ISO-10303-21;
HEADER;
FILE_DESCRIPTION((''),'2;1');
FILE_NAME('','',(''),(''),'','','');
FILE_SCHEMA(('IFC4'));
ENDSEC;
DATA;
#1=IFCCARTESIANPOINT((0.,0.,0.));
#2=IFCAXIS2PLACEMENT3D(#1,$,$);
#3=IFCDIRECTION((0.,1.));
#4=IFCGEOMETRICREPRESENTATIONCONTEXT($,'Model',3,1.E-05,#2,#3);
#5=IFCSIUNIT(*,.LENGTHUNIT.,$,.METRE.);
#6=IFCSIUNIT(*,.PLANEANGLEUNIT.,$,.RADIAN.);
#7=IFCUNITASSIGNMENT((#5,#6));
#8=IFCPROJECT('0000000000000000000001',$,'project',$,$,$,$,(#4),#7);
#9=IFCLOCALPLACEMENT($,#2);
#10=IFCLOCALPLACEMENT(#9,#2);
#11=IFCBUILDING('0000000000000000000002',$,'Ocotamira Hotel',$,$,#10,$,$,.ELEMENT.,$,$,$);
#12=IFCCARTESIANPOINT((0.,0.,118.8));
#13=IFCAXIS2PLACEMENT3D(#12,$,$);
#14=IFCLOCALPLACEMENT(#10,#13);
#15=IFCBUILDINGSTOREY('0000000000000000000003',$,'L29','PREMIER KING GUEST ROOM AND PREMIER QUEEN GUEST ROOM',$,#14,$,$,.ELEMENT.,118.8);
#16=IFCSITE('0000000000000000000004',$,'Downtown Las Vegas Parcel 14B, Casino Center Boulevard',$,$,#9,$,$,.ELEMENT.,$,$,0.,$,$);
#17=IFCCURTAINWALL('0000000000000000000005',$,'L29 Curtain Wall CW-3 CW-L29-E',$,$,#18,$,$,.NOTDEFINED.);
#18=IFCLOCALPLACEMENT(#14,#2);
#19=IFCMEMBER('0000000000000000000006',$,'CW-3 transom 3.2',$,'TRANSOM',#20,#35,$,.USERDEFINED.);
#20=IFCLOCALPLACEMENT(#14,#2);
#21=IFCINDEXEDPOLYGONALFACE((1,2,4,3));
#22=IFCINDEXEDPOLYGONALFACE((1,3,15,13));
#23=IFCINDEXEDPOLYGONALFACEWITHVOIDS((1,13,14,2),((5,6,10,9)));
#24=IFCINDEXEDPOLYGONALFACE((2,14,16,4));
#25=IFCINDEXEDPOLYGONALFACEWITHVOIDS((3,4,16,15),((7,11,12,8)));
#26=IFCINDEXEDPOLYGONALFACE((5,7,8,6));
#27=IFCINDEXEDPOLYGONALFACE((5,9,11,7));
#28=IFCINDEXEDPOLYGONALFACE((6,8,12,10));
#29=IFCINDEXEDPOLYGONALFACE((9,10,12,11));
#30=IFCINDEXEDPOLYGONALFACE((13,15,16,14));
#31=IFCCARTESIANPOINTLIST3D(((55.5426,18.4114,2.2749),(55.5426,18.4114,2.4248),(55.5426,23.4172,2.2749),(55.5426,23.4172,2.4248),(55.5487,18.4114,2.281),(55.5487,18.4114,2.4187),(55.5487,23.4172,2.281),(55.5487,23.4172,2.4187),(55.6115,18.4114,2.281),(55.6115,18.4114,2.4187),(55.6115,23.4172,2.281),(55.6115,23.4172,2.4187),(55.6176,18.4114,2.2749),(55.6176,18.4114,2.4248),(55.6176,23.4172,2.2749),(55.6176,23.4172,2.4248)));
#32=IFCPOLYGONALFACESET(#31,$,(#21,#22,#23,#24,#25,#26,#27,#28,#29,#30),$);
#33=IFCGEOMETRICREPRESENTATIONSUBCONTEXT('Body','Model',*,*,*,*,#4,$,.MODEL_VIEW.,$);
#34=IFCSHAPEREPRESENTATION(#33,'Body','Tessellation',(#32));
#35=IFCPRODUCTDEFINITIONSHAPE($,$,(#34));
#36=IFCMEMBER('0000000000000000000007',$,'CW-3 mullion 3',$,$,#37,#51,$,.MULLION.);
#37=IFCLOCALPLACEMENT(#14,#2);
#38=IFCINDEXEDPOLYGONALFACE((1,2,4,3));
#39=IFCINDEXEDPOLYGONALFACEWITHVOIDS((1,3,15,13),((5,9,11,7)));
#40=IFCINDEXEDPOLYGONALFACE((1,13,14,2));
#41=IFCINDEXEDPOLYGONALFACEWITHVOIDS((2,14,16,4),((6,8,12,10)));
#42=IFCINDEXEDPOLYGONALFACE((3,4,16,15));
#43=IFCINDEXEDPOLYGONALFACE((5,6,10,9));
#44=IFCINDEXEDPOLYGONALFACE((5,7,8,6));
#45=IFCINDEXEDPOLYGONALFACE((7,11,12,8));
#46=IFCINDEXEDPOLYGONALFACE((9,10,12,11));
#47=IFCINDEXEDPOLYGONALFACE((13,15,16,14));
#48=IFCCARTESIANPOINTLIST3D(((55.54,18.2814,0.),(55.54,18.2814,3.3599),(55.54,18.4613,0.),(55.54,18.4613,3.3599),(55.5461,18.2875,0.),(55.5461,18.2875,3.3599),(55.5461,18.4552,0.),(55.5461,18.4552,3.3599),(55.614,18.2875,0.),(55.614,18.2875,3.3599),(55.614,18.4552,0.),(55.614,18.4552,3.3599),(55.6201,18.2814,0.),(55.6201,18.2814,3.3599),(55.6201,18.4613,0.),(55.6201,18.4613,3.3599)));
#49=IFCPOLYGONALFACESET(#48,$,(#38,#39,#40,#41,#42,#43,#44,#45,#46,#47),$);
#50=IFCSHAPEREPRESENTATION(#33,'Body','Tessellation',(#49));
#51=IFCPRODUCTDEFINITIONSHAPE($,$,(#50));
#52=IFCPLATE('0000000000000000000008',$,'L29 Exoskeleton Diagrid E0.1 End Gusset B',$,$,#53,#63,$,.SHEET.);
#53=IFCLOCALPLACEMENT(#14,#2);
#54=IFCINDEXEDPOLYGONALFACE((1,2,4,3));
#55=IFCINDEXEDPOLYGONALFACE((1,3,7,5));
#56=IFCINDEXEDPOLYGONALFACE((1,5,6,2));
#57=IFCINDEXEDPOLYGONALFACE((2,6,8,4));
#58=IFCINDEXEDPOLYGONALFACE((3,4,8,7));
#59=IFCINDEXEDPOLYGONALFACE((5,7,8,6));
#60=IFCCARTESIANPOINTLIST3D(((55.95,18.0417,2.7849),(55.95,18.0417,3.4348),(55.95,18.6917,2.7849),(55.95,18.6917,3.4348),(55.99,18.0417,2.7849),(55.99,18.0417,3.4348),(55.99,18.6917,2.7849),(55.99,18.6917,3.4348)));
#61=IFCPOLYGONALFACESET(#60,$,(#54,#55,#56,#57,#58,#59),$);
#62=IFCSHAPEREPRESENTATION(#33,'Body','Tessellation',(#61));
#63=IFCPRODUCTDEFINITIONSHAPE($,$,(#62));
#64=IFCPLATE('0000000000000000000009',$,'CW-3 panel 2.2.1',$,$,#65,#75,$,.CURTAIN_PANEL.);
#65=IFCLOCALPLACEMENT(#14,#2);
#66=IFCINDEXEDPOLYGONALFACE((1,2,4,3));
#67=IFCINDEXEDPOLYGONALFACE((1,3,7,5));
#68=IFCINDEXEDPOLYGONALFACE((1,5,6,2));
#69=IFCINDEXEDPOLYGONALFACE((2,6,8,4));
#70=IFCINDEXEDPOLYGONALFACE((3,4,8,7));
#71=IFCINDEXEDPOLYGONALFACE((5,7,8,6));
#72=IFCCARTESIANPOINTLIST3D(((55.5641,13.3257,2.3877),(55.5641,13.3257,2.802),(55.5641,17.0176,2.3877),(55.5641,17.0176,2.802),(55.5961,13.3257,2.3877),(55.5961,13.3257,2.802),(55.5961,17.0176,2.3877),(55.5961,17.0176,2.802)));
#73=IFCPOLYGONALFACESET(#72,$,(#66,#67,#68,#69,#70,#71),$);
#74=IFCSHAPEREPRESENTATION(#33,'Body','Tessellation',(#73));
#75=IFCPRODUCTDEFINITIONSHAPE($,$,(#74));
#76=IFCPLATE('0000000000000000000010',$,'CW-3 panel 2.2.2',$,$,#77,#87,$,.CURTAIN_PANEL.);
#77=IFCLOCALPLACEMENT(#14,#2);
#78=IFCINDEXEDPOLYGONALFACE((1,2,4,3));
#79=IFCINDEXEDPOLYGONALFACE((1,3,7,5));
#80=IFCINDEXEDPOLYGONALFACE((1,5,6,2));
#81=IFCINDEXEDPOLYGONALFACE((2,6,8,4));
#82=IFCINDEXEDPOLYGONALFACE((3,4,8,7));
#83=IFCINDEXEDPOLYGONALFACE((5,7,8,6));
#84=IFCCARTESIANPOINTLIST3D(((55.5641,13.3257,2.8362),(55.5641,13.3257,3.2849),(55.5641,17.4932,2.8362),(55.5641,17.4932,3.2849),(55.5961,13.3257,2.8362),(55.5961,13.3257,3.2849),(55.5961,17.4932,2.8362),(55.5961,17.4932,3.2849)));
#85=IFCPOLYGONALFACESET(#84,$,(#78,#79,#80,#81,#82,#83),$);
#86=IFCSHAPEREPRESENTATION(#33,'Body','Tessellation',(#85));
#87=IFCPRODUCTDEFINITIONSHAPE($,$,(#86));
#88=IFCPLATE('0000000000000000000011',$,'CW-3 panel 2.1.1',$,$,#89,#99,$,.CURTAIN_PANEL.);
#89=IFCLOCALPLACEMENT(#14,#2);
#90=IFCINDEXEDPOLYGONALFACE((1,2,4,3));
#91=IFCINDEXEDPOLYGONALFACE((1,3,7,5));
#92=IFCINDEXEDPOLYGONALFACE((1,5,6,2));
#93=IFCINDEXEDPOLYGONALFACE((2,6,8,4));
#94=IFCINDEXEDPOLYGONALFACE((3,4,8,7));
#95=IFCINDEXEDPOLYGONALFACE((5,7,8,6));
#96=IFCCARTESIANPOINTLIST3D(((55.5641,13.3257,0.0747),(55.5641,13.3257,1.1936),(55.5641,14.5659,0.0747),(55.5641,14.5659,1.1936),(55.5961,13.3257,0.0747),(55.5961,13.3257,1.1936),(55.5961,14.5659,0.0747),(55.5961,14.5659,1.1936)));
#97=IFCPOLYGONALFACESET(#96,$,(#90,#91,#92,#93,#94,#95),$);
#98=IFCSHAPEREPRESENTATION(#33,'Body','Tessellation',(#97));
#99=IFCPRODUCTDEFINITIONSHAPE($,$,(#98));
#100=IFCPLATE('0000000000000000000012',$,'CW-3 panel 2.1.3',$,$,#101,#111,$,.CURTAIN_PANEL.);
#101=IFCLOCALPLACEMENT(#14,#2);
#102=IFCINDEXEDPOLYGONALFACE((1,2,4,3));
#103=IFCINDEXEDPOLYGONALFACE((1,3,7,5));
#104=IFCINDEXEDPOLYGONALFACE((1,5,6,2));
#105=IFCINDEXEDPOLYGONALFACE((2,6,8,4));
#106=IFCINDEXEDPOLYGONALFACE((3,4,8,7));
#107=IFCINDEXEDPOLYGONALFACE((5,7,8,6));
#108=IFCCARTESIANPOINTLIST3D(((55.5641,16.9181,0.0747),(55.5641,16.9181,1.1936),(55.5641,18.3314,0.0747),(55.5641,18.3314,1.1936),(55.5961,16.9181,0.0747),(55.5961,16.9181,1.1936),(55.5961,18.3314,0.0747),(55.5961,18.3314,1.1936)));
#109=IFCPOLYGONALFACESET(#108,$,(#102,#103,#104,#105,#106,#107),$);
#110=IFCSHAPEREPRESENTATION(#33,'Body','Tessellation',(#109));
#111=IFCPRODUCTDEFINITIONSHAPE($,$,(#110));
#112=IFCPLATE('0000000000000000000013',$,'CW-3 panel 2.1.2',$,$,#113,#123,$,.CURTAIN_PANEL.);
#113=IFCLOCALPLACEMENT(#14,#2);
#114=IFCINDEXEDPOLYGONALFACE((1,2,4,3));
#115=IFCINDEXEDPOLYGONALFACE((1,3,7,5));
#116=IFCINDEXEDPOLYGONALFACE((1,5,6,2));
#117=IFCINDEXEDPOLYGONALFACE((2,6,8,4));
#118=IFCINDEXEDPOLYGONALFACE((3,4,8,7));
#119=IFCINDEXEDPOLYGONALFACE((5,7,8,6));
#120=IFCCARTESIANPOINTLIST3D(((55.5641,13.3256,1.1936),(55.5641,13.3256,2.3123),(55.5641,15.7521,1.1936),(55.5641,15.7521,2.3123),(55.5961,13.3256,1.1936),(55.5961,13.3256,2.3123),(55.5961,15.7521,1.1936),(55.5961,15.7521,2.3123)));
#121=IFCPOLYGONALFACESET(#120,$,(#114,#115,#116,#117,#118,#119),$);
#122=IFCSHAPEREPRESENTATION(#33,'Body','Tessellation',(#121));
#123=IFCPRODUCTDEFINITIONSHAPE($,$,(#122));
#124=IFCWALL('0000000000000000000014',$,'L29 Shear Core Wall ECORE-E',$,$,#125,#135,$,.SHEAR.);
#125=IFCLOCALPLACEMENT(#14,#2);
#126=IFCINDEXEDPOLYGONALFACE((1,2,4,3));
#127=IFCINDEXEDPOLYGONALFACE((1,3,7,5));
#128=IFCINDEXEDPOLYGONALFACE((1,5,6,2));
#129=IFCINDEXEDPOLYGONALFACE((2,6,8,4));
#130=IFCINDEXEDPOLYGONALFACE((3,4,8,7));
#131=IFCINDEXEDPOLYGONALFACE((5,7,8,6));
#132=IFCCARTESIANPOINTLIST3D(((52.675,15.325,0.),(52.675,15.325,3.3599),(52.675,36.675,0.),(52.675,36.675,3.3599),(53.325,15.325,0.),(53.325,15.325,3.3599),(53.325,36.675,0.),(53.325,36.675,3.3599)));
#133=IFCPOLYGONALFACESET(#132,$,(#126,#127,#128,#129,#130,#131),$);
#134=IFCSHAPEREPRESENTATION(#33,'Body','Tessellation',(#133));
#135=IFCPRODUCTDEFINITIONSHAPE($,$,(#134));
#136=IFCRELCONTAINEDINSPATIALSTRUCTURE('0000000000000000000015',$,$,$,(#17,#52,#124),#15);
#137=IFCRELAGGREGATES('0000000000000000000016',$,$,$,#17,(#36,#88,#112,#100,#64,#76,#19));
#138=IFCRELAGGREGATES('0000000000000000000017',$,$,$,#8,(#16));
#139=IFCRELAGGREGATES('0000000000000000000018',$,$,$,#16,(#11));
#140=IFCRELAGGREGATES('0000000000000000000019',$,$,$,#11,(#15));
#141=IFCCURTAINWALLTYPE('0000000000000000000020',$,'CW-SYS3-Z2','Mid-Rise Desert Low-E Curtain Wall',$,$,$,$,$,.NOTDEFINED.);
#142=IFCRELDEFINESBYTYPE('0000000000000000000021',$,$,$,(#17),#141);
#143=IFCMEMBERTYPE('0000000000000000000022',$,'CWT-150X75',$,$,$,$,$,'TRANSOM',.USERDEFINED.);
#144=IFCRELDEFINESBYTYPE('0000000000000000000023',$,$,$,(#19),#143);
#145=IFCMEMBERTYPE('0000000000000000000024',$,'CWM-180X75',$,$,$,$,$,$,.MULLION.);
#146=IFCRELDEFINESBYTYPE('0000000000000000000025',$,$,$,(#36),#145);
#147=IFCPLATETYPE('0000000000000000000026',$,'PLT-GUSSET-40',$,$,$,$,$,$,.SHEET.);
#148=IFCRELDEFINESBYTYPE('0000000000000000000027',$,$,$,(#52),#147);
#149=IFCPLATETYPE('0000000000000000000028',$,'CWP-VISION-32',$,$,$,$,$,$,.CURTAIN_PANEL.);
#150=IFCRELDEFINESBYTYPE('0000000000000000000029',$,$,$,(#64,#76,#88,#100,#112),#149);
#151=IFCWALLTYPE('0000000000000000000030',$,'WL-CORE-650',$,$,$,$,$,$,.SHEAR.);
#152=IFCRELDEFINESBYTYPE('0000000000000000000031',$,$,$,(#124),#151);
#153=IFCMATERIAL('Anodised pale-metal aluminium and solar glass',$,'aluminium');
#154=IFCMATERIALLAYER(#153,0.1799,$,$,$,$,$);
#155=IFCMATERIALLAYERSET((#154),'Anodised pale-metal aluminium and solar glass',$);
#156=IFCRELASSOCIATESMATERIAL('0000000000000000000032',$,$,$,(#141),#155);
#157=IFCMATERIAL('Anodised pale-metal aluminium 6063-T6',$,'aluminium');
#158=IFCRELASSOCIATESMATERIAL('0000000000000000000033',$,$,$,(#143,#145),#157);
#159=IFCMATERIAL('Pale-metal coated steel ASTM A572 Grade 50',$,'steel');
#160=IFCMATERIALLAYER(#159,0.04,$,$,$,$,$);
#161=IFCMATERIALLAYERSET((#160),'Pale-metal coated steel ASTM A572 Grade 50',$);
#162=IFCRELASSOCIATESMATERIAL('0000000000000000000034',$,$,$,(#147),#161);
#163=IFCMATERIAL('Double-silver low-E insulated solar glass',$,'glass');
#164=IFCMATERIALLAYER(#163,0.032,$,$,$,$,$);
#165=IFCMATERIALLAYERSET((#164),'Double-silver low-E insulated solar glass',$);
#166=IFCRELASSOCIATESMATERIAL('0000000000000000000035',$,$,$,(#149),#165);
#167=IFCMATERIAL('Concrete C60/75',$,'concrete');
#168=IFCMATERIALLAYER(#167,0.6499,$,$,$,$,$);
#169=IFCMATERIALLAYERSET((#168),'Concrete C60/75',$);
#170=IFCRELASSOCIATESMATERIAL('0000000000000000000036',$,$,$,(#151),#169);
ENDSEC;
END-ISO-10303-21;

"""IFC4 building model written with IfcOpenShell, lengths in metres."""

from ifc_helpers import new_model, si_unit, direction, frame, frame_2d, origin, origin_2d, place, context, subcontext, project, spatial, rectangle, hollow_rectangle, extrude, source, transform, mapped, material, layer, layer_set, material_profile, profile_set, type_object, element, aggregate, save


model = new_model("IFC4")

# Units and contexts
model_context = context("Model", 3, precision=1e-05, world=origin(), true_north=direction((0.0, 1.0)))
body_context = subcontext(model_context, "Body", "Model", "MODEL_VIEW")
ifc_project = project(units=[si_unit("LENGTHUNIT", "METRE"), si_unit("PLANEANGLEUNIT", "RADIAN")], contexts=[model_context])

# Site, building, storey
site_placement = place(None, origin())
site = spatial("IfcSite", under=ifc_project, at=site_placement, Name="Downtown Las Vegas Parcel 14B, Casino Center Boulevard", CompositionType="ELEMENT", RefElevation=0.0)
building_placement = place(site_placement, origin())
building = spatial("IfcBuilding", under=site, at=building_placement, Name="Ocotamira Hotel", CompositionType="ELEMENT")
storey_placement = place(building_placement, frame((0.0, 0.0, 118.8)))
storey = spatial("IfcBuildingStorey", under=building, at=storey_placement, Name="L29", Description="PREMIER KING GUEST ROOM AND PREMIER QUEEN GUEST ROOM", CompositionType="ELEMENT", Elevation=118.8)

# Curtain wall, members
ifc_material_1 = material(Name="Anodised pale-metal aluminium and solar glass", Category="aluminium")
ifc_layer_1 = layer(ifc_material_1, 0.1799)
ifc_layer_set_1 = layer_set([ifc_layer_1], Name="Anodised pale-metal aluminium and solar glass")
curtain_wall_type = type_object("IfcCurtainWallType", Name="CW-SYS3-Z2", Description="Mid-Rise Desert Low-E Curtain Wall", PredefinedType="NOTDEFINED", material=ifc_layer_set_1)
curtain_wall_placement = place(storey_placement, origin())
curtain_wall = element("IfcCurtainWall", 1, at=curtain_wall_placement, inside=storey, type_object=curtain_wall_type, Name="L29 Curtain Wall CW-3 CW-L29-E", PredefinedType="NOTDEFINED")
ifc_material_2 = material(Name="Anodised pale-metal aluminium 6063-T6", Category="aluminium")
ifc_material_profile_1 = material_profile(ifc_material_2, hollow_rectangle(XDim=0.075, YDim=0.1499, WallThickness=0.0061, at=origin_2d()), Name="HSS150X75X6")
ifc_profile_set_1 = profile_set([ifc_material_profile_1], Name="Anodised pale-metal aluminium 6063-T6")
member_type_1 = type_object("IfcMemberType", Name="CWT-150X75", ElementType="TRANSOM", PredefinedType="USERDEFINED", material=ifc_profile_set_1)
shared_shape_1 = source(origin(), body_context, "Body", "SweptSolid", [
    extrude(hollow_rectangle(XDim=0.075, YDim=0.1499, WallThickness=0.0061, at=origin_2d()), origin(), (0.0, 0.0, 1.0), 5.0059),
])
member_1_placement = place(storey_placement, frame((55.5801, 18.4114, 2.3499), z_axis=(0.0, 1.0, 0.0), x_axis=(-1.0, 0.0, 0.0)))
member_1 = element("IfcMember", 2, at=member_1_placement, type_object=member_type_1, Name="CW-3 transom 3.2", ObjectType="TRANSOM", PredefinedType="USERDEFINED", context=body_context, shape_type="MappedRepresentation", body=[
    mapped(shared_shape_1, transform((0.0, 0.0, 0.0), scale=1.0)),
])
ifc_material_profile_2 = material_profile(ifc_material_2, hollow_rectangle(XDim=0.0801, YDim=0.1799, WallThickness=0.0061, at=origin_2d()), Name="HSS180X80X6")
ifc_profile_set_2 = profile_set([ifc_material_profile_2], Name="Anodised pale-metal aluminium 6063-T6")
member_type_2 = type_object("IfcMemberType", Name="CWM-180X75", PredefinedType="MULLION", material=ifc_profile_set_2)
shared_shape_2 = source(origin(), body_context, "Body", "SweptSolid", [
    extrude(hollow_rectangle(XDim=0.0801, YDim=0.1799, WallThickness=0.0061, at=origin_2d()), origin(), (0.0, 0.0, 1.0), 3.3599),
])
member_2_placement = place(storey_placement, frame((55.5801, 18.3713, 0.0), z_axis=(0.0, 0.0, 1.0), x_axis=(-1.0, 0.0, 0.0)))
member_2 = element("IfcMember", 3, at=member_2_placement, type_object=member_type_2, Name="CW-3 mullion 3", PredefinedType="MULLION", context=body_context, shape_type="MappedRepresentation", body=[
    mapped(shared_shape_2, transform((0.0, 0.0, 0.0), scale=1.0)),
])

# Plates
ifc_material_3 = material(Name="Pale-metal coated steel ASTM A572 Grade 50", Category="steel")
ifc_layer_2 = layer(ifc_material_3, 0.04)
ifc_layer_set_2 = layer_set([ifc_layer_2], Name="Pale-metal coated steel ASTM A572 Grade 50")
plate_type_1 = type_object("IfcPlateType", Name="PLT-GUSSET-40", PredefinedType="SHEET", material=ifc_layer_set_2)
shared_shape_3 = source(origin(), body_context, "Body", "SweptSolid", [
    extrude(rectangle(XDim=0.04, YDim=0.6499, at=origin_2d()), origin(), (0.0, 0.0, 1.0), 0.6499),
])
plate_1_placement = place(storey_placement, frame((55.97, 18.3667, 2.7849), z_axis=(0.0, 0.0, 1.0), x_axis=(1.0, 0.0, 0.0)))
element("IfcPlate", 4, at=plate_1_placement, inside=storey, type_object=plate_type_1, Name="L29 Exoskeleton Diagrid E0.1 End Gusset B", PredefinedType="SHEET", context=body_context, shape_type="MappedRepresentation", body=[
    mapped(shared_shape_3, transform((0.0, 0.0, 0.0), scale=1.0)),
])
ifc_material_4 = material(Name="Double-silver low-E insulated solar glass", Category="glass")
ifc_layer_3 = layer(ifc_material_4, 0.032)
ifc_layer_set_3 = layer_set([ifc_layer_3], Name="Double-silver low-E insulated solar glass")
plate_type_2 = type_object("IfcPlateType", Name="CWP-VISION-32", PredefinedType="CURTAIN_PANEL", material=ifc_layer_set_3)
shared_shape_4 = source(origin(), body_context, "Body", "SweptSolid", [
    extrude(rectangle(XDim=3.6919, YDim=0.032, at=origin_2d()), origin(), (0.0, 0.0, 1.0), 0.4143),
])
plate_2_placement = place(storey_placement, frame((55.5801, 15.1716, 2.3877), z_axis=(0.0, 0.0, 1.0), x_axis=(0.0, 1.0, 0.0)))
plate_2 = element("IfcPlate", 5, at=plate_2_placement, type_object=plate_type_2, Name="CW-3 panel 2.2.1", PredefinedType="CURTAIN_PANEL", context=body_context, shape_type="MappedRepresentation", body=[
    mapped(shared_shape_4, transform((0.0, 0.0, 0.0), scale=1.0)),
])
shared_shape_5 = source(origin(), body_context, "Body", "SweptSolid", [
    extrude(rectangle(XDim=4.1675, YDim=0.032, at=origin_2d()), origin(), (0.0, 0.0, 1.0), 0.4487),
])
plate_3_placement = place(storey_placement, frame((55.5801, 15.4094, 2.8362), z_axis=(0.0, 0.0, 1.0), x_axis=(0.0, 1.0, 0.0)))
plate_3 = element("IfcPlate", 6, at=plate_3_placement, type_object=plate_type_2, Name="CW-3 panel 2.2.2", PredefinedType="CURTAIN_PANEL", context=body_context, shape_type="MappedRepresentation", body=[
    mapped(shared_shape_5, transform((0.0, 0.0, 0.0), scale=1.0)),
])
shared_shape_6 = source(origin(), body_context, "Body", "SweptSolid", [
    extrude(rectangle(XDim=1.2402, YDim=0.032, at=origin_2d()), origin(), (0.0, 0.0, 1.0), 1.1189),
])
plate_4_placement = place(storey_placement, frame((55.5801, 13.9458, 0.0747), z_axis=(0.0, 0.0, 1.0), x_axis=(0.0, 1.0, 0.0)))
plate_4 = element("IfcPlate", 7, at=plate_4_placement, type_object=plate_type_2, Name="CW-3 panel 2.1.1", PredefinedType="CURTAIN_PANEL", context=body_context, shape_type="MappedRepresentation", body=[
    mapped(shared_shape_6, transform((0.0, 0.0, 0.0), scale=1.0)),
])
shared_shape_7 = source(origin(), body_context, "Body", "SweptSolid", [
    extrude(rectangle(XDim=1.4133, YDim=0.032, at=origin_2d()), origin(), (0.0, 0.0, 1.0), 1.1189),
])
plate_5_placement = place(storey_placement, frame((55.5801, 17.6248, 0.0747), z_axis=(0.0, 0.0, 1.0), x_axis=(0.0, 1.0, 0.0)))
plate_5 = element("IfcPlate", 8, at=plate_5_placement, type_object=plate_type_2, Name="CW-3 panel 2.1.3", PredefinedType="CURTAIN_PANEL", context=body_context, shape_type="MappedRepresentation", body=[
    mapped(shared_shape_7, transform((0.0, 0.0, 0.0), scale=1.0)),
])
shared_shape_8 = source(origin(), body_context, "Body", "SweptSolid", [
    extrude(rectangle(XDim=2.4265, YDim=0.032, at=origin_2d()), origin(), (0.0, 0.0, 1.0), 1.1187),
])
plate_6_placement = place(storey_placement, frame((55.5801, 14.5388, 1.1936), z_axis=(0.0, 0.0, 1.0), x_axis=(0.0, 1.0, 0.0)))
plate_6 = element("IfcPlate", 9, at=plate_6_placement, type_object=plate_type_2, Name="CW-3 panel 2.1.2", PredefinedType="CURTAIN_PANEL", context=body_context, shape_type="MappedRepresentation", body=[
    mapped(shared_shape_8, transform((0.0, 0.0, 0.0), scale=1.0)),
])
aggregate(curtain_wall, [member_2, plate_4, plate_6, plate_5, plate_2, plate_3, member_1])

# Wall
ifc_material_5 = material(Name="Concrete C60/75", Category="concrete")
ifc_layer_4 = layer(ifc_material_5, 0.6499)
ifc_layer_set_4 = layer_set([ifc_layer_4], Name="Concrete C60/75")
wall_type_1 = type_object("IfcWallType", Name="WL-CORE-650", PredefinedType="SHEAR", material=ifc_layer_set_4)
wall_1_placement = place(storey_placement, frame((53.0, 15.325, 0.0), z_axis=(0.0, 0.0, 1.0), x_axis=(0.0, 1.0, 0.0)))
element("IfcWall", 10, at=wall_1_placement, inside=storey, type_object=wall_type_1, Name="L29 Shear Core Wall ECORE-E", PredefinedType="SHEAR", context=body_context, shape_type="SweptSolid", body=[
    extrude(rectangle(XDim=21.3501, YDim=0.6499, at=frame_2d((10.675, 0.0))), origin(), (0.0, 0.0, 1.0), 3.3599),
])

save(model, "model.ifc")
